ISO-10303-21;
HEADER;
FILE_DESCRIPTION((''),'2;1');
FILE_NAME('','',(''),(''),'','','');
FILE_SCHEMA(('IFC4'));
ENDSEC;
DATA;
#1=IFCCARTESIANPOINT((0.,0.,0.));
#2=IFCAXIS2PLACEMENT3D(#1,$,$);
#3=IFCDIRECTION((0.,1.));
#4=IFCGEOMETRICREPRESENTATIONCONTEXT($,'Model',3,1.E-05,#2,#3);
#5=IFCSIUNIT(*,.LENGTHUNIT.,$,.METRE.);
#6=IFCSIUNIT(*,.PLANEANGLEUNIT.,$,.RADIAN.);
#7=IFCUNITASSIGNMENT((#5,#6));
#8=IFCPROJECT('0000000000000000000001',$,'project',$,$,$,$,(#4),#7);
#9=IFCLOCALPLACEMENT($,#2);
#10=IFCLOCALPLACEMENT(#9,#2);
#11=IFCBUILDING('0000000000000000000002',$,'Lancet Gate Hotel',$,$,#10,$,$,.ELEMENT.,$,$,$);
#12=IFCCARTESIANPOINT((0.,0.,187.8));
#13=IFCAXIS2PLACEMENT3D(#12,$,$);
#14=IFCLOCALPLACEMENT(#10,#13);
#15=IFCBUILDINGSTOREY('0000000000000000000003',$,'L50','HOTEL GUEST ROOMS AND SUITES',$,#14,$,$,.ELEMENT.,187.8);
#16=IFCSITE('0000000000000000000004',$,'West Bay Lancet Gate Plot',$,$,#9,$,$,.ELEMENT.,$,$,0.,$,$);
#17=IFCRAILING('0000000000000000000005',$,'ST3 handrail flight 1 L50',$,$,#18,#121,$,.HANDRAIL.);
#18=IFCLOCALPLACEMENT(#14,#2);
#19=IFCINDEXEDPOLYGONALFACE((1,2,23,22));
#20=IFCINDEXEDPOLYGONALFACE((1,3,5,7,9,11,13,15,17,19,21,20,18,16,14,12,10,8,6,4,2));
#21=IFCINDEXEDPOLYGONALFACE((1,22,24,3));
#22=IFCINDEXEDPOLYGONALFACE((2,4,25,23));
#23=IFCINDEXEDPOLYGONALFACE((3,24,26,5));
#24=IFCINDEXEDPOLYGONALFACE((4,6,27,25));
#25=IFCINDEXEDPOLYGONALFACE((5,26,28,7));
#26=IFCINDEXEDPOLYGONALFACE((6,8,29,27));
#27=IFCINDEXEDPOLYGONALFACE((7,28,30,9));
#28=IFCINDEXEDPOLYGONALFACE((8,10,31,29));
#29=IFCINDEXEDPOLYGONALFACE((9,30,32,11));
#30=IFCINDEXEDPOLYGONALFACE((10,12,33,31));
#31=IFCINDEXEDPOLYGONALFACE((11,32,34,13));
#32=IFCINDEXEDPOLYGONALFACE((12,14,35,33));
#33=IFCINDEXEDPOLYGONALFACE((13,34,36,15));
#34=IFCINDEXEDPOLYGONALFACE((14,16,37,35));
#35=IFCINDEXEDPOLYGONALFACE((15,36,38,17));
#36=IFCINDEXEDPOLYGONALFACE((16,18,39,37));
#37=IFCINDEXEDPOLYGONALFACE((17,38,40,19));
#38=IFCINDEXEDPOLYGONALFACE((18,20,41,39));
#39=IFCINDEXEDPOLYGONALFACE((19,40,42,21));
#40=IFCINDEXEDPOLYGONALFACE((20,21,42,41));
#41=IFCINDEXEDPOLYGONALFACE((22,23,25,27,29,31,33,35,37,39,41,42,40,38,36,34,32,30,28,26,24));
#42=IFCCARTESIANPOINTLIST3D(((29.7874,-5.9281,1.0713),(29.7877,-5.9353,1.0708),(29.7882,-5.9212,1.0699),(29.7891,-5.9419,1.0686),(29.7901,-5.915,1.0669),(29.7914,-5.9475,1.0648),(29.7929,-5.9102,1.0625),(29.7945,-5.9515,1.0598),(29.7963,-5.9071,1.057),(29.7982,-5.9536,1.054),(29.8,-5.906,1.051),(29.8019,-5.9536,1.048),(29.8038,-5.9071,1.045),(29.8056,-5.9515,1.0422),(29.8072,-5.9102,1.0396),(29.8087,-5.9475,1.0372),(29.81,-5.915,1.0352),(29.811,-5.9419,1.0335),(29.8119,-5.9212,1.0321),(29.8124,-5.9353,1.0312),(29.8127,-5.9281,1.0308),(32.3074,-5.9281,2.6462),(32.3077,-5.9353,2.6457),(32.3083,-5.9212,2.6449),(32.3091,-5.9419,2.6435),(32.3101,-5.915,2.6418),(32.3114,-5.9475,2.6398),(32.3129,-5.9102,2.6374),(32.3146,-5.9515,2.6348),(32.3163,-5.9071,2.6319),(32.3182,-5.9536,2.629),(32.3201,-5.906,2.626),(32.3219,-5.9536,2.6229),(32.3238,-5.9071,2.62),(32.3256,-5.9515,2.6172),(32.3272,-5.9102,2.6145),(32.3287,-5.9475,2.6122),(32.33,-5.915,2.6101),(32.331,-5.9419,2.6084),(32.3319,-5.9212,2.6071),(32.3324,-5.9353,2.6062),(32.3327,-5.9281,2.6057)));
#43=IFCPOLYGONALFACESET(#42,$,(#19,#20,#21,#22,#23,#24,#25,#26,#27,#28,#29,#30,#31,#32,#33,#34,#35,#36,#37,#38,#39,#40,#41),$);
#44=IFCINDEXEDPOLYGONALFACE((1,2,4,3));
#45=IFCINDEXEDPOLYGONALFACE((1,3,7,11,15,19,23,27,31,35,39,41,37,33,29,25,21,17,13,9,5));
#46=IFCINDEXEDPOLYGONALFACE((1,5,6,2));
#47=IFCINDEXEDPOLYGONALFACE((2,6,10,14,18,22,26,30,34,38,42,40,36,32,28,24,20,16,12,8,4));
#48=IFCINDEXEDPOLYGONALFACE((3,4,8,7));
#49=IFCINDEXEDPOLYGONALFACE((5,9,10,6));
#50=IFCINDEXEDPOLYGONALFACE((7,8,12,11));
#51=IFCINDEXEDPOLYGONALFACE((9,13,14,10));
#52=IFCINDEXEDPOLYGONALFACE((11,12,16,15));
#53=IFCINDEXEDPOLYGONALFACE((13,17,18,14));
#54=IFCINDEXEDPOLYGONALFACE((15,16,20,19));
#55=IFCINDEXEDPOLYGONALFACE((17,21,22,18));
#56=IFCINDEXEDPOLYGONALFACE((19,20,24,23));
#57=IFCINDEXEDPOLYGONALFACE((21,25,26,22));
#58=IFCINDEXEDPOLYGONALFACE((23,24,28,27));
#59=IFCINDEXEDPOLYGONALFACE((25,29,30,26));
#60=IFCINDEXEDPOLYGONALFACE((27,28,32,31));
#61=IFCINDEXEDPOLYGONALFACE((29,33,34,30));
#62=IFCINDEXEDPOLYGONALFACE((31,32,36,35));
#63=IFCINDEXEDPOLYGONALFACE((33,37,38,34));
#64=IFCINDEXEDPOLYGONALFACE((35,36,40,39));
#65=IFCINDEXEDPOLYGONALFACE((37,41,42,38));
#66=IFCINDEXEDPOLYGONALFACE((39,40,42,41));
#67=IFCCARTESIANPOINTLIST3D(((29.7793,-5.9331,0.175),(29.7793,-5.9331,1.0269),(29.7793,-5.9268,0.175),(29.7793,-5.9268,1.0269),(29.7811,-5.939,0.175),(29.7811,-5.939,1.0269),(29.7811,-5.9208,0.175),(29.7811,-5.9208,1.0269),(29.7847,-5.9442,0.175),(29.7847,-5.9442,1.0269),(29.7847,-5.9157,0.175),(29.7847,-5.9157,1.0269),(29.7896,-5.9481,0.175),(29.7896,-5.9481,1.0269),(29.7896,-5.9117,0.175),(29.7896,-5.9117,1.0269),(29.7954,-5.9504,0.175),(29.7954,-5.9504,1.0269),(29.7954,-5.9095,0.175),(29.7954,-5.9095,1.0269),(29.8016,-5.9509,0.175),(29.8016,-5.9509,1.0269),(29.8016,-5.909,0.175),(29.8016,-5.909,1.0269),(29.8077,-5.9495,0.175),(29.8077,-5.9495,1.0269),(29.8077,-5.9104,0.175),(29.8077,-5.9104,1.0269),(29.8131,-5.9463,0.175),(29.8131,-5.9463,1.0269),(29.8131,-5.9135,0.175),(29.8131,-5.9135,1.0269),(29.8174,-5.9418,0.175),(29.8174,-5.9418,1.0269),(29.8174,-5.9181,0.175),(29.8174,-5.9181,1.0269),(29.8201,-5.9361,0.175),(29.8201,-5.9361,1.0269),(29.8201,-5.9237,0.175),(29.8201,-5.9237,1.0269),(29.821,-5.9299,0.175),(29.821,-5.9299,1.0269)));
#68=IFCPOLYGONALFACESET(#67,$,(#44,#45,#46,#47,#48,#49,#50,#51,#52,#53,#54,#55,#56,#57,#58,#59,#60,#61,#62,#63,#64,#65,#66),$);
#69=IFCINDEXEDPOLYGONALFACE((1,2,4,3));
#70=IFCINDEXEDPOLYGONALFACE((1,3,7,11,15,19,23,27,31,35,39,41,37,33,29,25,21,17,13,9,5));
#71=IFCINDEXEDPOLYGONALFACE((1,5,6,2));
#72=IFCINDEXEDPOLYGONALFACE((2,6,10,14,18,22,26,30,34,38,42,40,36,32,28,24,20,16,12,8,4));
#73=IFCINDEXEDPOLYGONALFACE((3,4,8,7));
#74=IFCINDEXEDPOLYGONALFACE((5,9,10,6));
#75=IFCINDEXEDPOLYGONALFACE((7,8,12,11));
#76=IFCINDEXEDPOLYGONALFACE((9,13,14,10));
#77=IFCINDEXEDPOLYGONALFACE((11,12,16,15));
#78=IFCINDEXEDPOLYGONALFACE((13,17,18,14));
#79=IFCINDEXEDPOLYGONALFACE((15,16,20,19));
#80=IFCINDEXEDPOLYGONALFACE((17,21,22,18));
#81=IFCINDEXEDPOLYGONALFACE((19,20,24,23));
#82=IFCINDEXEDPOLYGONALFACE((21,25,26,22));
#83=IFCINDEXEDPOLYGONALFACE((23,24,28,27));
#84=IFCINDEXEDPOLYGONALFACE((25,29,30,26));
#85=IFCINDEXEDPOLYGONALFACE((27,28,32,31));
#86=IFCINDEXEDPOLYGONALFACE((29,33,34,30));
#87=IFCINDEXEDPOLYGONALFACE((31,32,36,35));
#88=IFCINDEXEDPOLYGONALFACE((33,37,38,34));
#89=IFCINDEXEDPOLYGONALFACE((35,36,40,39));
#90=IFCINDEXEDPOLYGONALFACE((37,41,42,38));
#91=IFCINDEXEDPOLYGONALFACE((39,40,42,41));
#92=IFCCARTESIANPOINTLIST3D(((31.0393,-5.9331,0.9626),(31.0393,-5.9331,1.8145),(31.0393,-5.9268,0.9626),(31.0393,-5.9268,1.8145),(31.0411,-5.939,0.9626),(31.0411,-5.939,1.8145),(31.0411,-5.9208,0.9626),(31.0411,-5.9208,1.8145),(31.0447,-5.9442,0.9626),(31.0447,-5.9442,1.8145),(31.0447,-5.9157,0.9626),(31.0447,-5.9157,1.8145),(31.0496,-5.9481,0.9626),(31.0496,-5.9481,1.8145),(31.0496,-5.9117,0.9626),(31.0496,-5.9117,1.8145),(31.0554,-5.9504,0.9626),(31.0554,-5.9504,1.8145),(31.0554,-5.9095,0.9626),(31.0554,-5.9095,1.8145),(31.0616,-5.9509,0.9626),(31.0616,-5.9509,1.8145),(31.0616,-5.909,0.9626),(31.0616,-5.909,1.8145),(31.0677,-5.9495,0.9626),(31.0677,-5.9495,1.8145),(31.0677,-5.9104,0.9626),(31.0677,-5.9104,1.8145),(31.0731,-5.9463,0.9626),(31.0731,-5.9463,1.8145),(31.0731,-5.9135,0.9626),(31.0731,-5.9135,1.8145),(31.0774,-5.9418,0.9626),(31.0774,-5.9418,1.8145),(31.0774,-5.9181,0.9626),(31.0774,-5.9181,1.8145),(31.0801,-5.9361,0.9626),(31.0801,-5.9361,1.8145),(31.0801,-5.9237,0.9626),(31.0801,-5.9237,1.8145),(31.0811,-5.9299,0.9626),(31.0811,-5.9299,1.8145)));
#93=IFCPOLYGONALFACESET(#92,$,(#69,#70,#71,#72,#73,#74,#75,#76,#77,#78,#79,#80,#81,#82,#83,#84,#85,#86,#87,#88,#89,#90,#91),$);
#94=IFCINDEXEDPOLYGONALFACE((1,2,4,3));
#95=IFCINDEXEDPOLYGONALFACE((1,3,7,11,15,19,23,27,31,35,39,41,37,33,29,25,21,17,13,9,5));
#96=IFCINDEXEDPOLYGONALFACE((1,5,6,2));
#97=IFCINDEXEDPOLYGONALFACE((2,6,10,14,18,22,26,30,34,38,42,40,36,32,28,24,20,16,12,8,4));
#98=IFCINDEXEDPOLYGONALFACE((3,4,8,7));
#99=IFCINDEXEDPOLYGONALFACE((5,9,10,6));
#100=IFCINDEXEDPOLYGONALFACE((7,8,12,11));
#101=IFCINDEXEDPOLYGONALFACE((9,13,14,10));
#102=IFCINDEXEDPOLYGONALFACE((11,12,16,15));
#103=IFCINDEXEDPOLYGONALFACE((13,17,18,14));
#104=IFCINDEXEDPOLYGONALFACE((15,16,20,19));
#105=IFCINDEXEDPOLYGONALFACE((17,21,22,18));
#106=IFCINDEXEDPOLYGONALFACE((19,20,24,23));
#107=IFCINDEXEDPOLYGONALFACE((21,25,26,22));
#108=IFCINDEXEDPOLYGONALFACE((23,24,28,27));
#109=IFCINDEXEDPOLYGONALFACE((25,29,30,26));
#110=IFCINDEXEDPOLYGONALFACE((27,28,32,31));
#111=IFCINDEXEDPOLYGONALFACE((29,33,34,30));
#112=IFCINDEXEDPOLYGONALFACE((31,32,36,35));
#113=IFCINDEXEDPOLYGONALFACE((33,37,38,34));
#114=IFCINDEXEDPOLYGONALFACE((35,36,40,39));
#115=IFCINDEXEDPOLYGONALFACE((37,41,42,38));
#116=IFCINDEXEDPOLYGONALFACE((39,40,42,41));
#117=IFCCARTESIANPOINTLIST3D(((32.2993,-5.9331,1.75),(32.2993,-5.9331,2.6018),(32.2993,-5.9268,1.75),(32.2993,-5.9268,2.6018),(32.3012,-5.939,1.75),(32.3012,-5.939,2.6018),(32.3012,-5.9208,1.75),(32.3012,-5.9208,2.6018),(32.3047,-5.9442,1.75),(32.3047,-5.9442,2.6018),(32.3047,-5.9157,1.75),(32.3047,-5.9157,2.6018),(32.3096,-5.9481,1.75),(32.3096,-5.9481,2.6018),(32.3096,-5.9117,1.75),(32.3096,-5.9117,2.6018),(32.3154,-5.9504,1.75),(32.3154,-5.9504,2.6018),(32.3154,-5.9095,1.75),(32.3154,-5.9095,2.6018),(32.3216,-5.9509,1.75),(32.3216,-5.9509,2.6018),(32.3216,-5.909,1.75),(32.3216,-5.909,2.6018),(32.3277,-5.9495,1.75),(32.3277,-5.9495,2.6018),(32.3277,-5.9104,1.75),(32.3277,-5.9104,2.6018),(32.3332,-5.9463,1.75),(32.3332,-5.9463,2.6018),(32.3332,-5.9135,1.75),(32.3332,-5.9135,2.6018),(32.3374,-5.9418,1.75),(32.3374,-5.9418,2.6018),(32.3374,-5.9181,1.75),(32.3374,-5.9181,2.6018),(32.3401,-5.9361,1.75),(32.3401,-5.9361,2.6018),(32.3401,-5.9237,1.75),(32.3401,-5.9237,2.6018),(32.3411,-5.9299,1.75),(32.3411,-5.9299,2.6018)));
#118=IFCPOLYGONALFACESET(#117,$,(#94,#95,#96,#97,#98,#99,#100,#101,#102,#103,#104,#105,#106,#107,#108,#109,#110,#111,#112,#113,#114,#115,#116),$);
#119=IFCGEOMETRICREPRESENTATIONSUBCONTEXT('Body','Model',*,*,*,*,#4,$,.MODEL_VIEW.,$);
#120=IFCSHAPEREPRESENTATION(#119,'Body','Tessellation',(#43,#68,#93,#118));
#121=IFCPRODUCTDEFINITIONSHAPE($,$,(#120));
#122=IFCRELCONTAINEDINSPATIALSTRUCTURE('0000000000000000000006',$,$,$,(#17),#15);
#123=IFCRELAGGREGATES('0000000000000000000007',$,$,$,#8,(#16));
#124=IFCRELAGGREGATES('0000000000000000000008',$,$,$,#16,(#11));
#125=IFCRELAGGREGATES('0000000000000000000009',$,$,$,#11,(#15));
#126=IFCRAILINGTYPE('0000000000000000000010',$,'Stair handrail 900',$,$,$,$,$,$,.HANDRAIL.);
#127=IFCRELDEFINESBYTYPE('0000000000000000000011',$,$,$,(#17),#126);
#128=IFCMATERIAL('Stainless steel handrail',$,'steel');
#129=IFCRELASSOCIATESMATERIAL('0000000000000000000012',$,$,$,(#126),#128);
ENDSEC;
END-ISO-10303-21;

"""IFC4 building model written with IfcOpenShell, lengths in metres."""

from ifc_helpers import new_model, si_unit, direction, frame, origin, origin_2d, place, context, subcontext, project, spatial, circle, extrude, material, type_object, element, save


model = new_model("IFC4")

# Units and contexts
model_context = context("Model", 3, precision=1e-05, world=origin(), true_north=direction((0.0, 1.0)))
body_context = subcontext(model_context, "Body", "Model", "MODEL_VIEW")
ifc_project = project(units=[si_unit("LENGTHUNIT", "METRE"), si_unit("PLANEANGLEUNIT", "RADIAN")], contexts=[model_context])

# Site, building, storey
site_placement = place(None, origin())
site = spatial("IfcSite", under=ifc_project, at=site_placement, Name="West Bay Lancet Gate Plot", CompositionType="ELEMENT", RefElevation=0.0)
building_placement = place(site_placement, origin())
building = spatial("IfcBuilding", under=site, at=building_placement, Name="Lancet Gate Hotel", CompositionType="ELEMENT")
storey_placement = place(building_placement, frame((0.0, 0.0, 187.8)))
storey = spatial("IfcBuildingStorey", under=building, at=storey_placement, Name="L50", Description="HOTEL GUEST ROOMS AND SUITES", CompositionType="ELEMENT", Elevation=187.8)

# Railing
ifc_material_1 = material(Name="Stainless steel handrail", Category="steel")
railing_type = type_object("IfcRailingType", Name="Stair handrail 900", PredefinedType="HANDRAIL", material=ifc_material_1)
railing_1_placement = place(storey_placement, frame((29.8, -5.9299, 0.175)))
element("IfcRailing", 1, at=railing_1_placement, inside=storey, type_object=railing_type, Name="ST3 handrail flight 1 L50", PredefinedType="HANDRAIL", context=body_context, shape_type="SweptSolid", body=[
    extrude(circle(Radius=0.0239, at=origin_2d()), frame((0.0, 0.0, 0.876), z_axis=(0.848008, 0.0, 0.529984), x_axis=(0.0, 1.0, 0.0)), (0.0, 0.0, 1.0), 2.9717),
    extrude(circle(Radius=0.021, at=origin_2d()), origin(), (0.0, 0.0, 1.0), 0.8518),
    extrude(circle(Radius=0.021, at=origin_2d()), frame((1.26, 0.0, 0.7876)), (0.0, 0.0, 1.0), 0.8518),
    extrude(circle(Radius=0.021, at=origin_2d()), frame((2.52, 0.0, 1.575)), (0.0, 0.0, 1.0), 0.8518),
])

save(model, "model.ifc")
